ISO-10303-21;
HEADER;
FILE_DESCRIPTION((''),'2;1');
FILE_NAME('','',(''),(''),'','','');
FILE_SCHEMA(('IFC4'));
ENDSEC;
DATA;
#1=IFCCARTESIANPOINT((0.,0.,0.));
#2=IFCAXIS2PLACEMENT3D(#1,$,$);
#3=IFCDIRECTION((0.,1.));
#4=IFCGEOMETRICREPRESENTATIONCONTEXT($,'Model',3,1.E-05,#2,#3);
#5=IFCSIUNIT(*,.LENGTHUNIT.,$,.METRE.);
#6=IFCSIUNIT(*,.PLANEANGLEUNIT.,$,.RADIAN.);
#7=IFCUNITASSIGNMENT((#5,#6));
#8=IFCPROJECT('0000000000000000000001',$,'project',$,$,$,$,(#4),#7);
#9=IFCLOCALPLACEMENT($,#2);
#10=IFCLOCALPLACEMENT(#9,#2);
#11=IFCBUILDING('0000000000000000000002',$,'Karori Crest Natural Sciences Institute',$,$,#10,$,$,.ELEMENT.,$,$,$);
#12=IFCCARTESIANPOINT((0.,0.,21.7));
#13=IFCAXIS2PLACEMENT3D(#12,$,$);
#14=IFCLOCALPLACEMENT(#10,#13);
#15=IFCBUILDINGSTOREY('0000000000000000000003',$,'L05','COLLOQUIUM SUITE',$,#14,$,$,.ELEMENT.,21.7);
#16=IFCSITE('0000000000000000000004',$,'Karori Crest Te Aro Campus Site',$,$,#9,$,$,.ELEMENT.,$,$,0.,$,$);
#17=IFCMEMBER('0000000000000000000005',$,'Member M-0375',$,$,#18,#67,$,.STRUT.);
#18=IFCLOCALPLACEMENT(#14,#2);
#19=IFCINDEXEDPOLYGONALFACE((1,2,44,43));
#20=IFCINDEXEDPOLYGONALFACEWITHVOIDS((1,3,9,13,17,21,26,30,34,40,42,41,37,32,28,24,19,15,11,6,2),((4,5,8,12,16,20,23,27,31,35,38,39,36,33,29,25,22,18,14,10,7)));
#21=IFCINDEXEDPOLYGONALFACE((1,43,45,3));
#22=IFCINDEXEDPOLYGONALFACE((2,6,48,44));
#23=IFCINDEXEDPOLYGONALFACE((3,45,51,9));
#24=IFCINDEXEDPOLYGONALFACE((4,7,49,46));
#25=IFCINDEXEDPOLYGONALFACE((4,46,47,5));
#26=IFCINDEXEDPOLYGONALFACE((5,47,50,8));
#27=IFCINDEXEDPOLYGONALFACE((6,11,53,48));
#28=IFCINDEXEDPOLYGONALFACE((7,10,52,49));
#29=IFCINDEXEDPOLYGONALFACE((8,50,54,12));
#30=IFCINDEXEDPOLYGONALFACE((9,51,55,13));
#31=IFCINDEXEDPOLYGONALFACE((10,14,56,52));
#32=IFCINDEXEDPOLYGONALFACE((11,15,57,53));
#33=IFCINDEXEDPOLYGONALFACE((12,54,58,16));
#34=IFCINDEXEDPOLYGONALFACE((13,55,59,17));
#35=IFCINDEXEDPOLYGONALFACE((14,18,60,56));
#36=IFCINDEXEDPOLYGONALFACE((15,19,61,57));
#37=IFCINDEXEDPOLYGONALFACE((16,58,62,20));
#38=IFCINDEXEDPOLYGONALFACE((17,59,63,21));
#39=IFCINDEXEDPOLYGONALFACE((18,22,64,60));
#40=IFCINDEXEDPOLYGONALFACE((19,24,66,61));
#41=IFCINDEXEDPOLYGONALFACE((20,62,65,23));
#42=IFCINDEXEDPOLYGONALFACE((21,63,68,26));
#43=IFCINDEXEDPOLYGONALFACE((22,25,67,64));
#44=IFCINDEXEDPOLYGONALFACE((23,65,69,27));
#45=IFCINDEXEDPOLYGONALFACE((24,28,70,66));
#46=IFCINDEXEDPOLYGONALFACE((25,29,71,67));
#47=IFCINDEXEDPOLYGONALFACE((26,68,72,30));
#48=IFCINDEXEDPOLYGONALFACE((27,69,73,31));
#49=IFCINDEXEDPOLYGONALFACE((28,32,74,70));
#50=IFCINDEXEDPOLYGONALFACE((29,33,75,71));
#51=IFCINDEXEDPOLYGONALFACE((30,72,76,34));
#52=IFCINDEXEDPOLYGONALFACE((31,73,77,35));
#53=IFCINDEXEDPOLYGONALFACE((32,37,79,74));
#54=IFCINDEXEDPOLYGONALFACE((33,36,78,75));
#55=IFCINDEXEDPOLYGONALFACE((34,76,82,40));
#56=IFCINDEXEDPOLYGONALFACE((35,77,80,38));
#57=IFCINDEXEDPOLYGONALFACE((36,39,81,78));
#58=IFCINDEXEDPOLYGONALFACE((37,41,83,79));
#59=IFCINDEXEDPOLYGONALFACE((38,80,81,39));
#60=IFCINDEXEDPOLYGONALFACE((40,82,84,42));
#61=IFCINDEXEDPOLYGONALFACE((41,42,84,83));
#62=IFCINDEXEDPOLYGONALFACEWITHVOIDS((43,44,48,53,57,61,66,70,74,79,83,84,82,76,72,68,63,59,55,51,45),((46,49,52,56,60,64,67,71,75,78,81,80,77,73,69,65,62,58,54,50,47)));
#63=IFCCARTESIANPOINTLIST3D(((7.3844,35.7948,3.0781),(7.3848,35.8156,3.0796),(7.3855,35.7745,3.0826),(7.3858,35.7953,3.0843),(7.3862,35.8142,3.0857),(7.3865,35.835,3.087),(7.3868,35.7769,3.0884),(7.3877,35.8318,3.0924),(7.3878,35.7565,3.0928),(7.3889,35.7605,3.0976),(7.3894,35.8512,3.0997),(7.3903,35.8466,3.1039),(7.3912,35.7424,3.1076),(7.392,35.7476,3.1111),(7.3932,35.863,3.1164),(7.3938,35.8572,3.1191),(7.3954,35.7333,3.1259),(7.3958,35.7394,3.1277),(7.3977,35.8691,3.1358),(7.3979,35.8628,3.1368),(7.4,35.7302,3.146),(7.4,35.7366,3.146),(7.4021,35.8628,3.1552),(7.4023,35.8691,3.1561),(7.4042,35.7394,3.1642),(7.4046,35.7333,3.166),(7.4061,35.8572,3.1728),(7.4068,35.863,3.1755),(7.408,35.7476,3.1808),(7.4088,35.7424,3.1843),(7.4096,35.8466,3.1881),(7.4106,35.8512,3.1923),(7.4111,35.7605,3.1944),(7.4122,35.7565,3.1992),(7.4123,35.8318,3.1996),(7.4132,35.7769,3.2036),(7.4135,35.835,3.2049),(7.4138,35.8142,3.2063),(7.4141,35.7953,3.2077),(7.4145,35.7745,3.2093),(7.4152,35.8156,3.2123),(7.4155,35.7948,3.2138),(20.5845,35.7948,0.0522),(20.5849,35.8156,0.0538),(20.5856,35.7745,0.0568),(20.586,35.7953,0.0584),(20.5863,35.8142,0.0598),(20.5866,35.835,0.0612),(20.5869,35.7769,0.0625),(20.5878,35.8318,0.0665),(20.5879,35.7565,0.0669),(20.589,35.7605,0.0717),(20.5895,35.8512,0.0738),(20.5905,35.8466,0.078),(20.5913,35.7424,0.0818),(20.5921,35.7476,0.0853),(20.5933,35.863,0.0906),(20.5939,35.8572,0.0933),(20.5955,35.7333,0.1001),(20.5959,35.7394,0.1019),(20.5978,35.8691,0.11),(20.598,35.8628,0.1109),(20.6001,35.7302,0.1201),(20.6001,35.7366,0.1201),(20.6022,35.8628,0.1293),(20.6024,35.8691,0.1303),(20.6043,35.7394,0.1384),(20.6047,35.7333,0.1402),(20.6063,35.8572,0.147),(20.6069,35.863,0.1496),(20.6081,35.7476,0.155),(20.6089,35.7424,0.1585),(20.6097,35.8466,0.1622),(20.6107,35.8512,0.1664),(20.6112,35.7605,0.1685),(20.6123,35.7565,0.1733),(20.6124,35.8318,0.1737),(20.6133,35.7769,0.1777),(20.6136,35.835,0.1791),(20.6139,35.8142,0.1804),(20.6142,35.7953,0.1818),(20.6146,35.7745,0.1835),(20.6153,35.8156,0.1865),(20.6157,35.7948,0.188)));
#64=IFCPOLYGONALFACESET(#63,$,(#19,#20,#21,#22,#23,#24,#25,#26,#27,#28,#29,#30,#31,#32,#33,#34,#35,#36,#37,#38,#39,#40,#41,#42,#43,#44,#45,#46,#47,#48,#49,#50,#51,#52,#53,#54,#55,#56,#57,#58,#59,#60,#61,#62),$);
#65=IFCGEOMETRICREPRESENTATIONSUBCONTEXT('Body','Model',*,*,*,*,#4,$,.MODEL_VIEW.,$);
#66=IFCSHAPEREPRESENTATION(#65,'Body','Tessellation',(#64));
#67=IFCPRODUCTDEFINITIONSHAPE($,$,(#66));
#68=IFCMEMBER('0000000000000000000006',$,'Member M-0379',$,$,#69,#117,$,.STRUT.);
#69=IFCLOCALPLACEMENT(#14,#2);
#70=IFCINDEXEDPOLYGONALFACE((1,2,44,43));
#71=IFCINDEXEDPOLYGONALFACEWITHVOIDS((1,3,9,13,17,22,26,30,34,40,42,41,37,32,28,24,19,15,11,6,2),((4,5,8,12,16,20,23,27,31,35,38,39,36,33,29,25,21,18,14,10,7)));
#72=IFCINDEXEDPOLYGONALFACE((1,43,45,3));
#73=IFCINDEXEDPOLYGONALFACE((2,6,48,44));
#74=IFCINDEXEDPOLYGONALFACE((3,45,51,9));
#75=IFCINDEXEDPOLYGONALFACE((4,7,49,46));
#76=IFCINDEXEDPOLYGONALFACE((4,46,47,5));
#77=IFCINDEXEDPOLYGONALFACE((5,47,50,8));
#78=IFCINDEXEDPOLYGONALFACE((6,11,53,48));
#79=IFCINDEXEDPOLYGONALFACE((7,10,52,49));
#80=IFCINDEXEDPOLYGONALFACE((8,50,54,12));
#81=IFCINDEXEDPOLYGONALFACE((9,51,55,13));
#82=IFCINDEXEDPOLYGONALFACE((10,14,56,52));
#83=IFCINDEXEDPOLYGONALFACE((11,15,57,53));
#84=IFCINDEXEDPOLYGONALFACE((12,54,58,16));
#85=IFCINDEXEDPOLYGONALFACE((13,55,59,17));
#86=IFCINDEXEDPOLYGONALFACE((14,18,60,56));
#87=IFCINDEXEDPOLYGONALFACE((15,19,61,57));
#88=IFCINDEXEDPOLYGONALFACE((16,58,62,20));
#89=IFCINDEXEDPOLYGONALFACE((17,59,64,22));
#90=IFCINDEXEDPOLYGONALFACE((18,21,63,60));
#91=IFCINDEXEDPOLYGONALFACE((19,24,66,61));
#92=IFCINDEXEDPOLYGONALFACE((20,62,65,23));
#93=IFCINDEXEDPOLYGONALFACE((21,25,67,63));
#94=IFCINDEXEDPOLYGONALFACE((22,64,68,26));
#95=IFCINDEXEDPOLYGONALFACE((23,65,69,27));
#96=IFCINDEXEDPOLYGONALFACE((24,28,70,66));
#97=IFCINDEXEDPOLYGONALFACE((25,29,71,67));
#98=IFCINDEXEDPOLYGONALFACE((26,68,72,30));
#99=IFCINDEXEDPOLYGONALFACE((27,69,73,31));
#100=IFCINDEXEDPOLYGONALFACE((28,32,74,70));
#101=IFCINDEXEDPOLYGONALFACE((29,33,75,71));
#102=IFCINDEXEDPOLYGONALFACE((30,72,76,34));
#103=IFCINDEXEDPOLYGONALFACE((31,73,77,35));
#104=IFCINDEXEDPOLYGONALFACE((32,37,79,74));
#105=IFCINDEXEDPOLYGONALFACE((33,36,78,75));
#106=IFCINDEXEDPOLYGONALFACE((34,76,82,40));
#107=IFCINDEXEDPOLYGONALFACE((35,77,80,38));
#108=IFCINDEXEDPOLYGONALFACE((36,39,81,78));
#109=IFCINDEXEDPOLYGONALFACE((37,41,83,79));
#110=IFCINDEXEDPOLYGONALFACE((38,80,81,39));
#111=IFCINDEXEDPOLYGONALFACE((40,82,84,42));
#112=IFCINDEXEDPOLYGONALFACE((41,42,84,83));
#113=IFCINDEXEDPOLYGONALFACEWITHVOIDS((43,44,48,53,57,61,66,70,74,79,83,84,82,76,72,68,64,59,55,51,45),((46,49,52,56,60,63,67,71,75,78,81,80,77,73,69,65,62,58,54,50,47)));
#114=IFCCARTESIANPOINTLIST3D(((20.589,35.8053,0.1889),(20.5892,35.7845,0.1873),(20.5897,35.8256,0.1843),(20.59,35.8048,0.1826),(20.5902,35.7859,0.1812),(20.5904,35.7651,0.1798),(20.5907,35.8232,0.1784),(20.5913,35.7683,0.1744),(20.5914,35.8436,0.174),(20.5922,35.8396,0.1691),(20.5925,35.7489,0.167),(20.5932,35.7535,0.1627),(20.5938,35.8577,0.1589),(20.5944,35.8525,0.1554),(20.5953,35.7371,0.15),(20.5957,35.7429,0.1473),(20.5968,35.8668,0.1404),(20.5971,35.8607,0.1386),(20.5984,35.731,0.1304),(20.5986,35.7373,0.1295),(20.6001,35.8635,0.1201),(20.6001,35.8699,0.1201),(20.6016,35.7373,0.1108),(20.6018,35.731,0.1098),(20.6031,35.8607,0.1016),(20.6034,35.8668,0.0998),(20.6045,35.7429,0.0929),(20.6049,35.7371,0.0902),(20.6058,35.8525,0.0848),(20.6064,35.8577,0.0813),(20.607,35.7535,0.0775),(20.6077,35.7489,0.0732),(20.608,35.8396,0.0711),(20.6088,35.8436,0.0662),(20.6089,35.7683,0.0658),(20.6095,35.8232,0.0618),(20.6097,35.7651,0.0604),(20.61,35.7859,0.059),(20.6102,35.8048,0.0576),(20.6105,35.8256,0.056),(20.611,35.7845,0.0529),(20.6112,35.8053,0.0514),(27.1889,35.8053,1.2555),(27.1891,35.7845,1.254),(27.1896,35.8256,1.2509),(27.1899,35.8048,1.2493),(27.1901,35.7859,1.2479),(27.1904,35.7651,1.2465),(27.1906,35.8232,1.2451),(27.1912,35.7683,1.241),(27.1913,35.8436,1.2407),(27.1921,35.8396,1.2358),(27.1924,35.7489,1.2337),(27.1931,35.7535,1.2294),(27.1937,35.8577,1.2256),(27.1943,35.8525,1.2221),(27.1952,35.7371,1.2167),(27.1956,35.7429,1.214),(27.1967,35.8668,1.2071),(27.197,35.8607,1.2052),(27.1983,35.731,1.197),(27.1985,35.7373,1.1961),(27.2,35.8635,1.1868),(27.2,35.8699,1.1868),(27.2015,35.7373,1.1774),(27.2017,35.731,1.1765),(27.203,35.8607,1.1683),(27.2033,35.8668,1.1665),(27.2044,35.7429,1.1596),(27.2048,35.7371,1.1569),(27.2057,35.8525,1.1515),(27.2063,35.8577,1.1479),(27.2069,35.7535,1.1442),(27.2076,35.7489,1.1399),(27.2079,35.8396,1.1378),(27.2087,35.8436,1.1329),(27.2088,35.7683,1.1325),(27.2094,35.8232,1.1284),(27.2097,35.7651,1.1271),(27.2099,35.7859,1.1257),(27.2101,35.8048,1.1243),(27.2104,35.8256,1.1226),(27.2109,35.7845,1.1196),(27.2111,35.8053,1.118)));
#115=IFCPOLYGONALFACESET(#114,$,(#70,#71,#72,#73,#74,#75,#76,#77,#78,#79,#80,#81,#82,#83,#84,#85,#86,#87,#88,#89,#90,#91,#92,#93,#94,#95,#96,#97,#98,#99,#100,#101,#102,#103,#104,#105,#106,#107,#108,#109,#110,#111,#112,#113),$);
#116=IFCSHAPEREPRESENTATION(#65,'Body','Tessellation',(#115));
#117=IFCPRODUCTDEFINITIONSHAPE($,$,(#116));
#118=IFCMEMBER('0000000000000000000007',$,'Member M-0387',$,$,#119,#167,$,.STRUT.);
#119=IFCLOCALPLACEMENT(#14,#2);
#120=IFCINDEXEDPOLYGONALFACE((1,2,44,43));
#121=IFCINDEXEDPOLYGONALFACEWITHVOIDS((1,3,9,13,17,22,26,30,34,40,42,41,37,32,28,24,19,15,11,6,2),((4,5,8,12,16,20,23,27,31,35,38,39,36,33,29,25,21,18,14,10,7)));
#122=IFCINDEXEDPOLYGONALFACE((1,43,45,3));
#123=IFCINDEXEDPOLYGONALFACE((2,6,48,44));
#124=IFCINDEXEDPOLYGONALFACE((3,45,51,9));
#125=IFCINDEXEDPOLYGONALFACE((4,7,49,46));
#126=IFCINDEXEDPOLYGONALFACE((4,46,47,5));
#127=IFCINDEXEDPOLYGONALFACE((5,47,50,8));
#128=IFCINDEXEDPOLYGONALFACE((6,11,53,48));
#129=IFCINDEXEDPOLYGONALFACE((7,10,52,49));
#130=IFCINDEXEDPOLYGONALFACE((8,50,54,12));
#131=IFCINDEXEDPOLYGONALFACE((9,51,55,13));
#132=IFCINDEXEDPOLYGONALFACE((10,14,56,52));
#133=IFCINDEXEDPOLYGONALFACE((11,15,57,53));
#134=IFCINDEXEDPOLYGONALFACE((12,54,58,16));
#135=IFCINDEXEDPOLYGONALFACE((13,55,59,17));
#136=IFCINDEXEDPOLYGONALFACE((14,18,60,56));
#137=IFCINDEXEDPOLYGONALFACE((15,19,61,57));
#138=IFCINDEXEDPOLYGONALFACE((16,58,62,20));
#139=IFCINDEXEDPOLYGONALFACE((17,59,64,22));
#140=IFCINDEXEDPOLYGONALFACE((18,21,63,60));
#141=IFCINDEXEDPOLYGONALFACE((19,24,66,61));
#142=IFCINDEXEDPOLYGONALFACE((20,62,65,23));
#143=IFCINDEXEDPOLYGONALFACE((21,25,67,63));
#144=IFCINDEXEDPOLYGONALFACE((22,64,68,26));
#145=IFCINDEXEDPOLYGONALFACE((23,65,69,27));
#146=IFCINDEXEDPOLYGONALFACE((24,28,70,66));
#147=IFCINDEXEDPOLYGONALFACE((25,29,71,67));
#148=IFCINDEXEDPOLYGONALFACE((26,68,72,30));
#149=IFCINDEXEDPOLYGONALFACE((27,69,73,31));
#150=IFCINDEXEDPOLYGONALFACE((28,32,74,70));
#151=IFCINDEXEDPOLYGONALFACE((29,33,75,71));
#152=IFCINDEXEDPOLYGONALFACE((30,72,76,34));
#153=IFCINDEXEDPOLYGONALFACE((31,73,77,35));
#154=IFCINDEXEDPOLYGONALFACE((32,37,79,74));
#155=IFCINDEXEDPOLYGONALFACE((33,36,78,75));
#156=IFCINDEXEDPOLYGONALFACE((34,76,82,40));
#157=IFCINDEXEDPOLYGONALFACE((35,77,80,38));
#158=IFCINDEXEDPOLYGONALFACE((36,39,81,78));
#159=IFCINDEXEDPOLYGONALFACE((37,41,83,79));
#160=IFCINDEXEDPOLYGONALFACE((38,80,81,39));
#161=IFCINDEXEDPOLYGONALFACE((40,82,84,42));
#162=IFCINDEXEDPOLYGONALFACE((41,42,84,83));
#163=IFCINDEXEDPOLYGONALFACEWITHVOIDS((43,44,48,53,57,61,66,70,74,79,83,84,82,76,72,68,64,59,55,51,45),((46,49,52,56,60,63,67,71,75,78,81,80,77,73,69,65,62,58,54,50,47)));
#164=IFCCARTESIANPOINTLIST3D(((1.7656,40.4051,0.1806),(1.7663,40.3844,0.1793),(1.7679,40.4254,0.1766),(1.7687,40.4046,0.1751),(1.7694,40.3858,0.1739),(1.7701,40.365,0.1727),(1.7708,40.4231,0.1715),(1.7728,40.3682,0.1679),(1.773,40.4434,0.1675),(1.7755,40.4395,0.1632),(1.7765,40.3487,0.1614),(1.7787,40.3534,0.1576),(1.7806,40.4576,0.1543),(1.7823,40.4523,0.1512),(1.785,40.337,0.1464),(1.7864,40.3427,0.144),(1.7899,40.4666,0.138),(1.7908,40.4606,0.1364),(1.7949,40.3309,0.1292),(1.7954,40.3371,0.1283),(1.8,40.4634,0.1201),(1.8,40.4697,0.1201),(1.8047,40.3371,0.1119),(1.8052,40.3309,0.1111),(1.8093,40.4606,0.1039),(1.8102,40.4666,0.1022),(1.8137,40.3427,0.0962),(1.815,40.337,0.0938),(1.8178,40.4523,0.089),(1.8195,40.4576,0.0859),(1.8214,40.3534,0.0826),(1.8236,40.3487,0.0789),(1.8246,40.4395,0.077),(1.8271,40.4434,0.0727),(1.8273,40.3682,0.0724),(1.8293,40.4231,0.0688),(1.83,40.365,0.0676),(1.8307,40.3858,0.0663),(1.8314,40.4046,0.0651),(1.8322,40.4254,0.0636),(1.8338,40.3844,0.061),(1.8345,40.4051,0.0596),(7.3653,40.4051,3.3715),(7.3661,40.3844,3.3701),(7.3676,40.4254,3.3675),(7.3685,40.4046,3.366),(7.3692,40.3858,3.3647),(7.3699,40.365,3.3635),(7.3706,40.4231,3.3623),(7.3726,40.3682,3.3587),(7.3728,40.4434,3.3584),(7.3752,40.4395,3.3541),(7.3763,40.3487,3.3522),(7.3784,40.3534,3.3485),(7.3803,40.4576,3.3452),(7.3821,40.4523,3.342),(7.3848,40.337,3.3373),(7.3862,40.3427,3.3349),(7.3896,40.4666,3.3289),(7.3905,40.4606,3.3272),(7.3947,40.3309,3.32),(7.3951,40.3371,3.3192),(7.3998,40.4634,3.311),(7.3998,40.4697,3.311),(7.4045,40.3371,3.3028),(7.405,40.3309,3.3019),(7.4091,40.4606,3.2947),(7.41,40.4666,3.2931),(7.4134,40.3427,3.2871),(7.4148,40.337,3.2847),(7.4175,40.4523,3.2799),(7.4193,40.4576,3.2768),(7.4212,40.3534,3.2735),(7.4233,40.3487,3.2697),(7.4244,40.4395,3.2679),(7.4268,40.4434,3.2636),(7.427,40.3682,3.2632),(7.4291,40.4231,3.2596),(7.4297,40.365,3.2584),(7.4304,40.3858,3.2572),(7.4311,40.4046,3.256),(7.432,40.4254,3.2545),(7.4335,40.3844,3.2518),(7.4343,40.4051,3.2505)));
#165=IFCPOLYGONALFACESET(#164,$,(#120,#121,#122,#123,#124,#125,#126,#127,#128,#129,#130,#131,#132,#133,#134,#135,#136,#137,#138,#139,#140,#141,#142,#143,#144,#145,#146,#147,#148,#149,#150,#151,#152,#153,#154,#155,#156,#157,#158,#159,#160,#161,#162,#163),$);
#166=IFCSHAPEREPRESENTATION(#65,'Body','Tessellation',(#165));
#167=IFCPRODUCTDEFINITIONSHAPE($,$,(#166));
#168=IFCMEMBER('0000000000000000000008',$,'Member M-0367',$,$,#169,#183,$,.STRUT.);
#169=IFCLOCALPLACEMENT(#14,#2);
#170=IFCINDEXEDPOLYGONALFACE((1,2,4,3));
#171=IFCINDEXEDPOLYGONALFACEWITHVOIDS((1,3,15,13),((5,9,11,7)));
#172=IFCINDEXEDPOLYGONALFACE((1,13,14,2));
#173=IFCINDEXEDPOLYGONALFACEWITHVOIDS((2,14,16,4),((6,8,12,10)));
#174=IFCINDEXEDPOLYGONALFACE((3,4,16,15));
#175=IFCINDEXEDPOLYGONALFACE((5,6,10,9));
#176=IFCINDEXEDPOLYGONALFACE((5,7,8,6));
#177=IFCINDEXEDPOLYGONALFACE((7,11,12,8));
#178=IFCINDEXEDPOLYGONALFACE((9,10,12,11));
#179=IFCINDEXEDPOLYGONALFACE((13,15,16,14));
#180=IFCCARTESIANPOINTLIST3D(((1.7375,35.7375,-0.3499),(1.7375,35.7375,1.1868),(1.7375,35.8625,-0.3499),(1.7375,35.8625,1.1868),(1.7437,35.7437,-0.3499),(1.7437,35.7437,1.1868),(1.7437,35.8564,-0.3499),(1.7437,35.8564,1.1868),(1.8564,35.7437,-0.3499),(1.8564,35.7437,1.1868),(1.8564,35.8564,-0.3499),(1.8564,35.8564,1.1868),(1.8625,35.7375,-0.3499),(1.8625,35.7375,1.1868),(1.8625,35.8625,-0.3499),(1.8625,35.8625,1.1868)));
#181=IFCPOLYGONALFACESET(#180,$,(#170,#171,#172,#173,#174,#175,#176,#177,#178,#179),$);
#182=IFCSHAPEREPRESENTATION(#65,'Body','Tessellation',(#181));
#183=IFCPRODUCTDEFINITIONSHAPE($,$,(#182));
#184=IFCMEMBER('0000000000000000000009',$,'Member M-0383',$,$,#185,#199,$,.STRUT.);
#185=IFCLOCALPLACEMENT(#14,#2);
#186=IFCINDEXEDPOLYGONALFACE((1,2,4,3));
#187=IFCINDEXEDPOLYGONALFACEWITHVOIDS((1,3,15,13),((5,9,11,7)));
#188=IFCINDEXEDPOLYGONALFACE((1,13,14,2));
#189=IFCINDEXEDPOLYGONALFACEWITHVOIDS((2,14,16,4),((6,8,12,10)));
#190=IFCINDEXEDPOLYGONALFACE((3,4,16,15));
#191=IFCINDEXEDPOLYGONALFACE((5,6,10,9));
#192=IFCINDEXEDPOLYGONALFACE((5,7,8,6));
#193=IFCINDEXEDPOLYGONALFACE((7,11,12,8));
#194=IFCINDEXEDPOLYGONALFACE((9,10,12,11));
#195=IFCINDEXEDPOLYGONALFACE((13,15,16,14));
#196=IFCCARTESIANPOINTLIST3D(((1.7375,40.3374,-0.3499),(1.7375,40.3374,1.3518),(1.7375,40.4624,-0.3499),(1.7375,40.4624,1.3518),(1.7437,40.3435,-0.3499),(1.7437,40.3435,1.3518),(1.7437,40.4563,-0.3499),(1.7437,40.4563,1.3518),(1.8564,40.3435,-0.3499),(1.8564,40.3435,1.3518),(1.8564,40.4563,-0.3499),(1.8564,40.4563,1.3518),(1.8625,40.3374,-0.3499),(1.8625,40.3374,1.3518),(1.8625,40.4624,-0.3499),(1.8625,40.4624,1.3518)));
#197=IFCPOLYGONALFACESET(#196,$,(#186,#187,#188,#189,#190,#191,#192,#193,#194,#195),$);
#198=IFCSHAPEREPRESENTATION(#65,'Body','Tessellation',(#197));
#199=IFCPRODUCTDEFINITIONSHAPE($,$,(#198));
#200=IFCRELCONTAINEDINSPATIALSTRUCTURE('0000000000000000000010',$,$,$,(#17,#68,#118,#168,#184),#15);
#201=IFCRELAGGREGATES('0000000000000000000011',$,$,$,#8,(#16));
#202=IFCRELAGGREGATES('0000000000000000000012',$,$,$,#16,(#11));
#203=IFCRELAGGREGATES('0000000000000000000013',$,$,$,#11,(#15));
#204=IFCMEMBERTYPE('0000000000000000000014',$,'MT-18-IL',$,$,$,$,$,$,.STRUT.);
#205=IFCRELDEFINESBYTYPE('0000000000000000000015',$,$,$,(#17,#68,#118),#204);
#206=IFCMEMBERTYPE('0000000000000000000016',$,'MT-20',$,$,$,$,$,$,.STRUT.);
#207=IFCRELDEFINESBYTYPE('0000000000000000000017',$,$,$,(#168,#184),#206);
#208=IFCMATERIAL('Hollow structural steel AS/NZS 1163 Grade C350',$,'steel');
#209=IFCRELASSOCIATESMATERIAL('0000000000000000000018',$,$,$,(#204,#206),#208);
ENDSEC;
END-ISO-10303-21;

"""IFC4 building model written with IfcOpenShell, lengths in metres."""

from ifc_helpers import new_model, si_unit, direction, frame, origin, origin_2d, place, context, subcontext, project, spatial, hollow_rectangle, hollow_circle, extrude, material, material_profile, profile_set, type_object, element, save


model = new_model("IFC4")

# Units and contexts
model_context = context("Model", 3, precision=1e-05, world=origin(), true_north=direction((0.0, 1.0)))
body_context = subcontext(model_context, "Body", "Model", "MODEL_VIEW")
ifc_project = project(units=[si_unit("LENGTHUNIT", "METRE"), si_unit("PLANEANGLEUNIT", "RADIAN")], contexts=[model_context])

# Site, building, storey
site_placement = place(None, origin())
site = spatial("IfcSite", under=ifc_project, at=site_placement, Name="Karori Crest Te Aro Campus Site", CompositionType="ELEMENT", RefElevation=0.0)
building_placement = place(site_placement, origin())
building = spatial("IfcBuilding", under=site, at=building_placement, Name="Karori Crest Natural Sciences Institute", CompositionType="ELEMENT")
storey_placement = place(building_placement, frame((0.0, 0.0, 21.7)))
storey = spatial("IfcBuildingStorey", under=building, at=storey_placement, Name="L05", Description="COLLOQUIUM SUITE", CompositionType="ELEMENT", Elevation=21.7)

# Members
ifc_material_1 = material(Name="Hollow structural steel AS/NZS 1163 Grade C350", Category="steel")
ifc_material_profile_1 = material_profile(ifc_material_1, hollow_circle(Radius=0.0698, WallThickness=0.0063, at=origin_2d()), Name="CHS139.7x6.4")
ifc_profile_set_1 = profile_set([ifc_material_profile_1], Name="Hollow structural steel AS/NZS 1163 Grade C350")
member_type_1 = type_object("IfcMemberType", Name="MT-18-IL", PredefinedType="STRUT", material=ifc_profile_set_1)
member_1_placement = place(storey_placement, frame((20.6001, 35.8, 0.1201), z_axis=(-0.974719, 0.0, 0.223435), x_axis=(0.0, -1.0, 0.0)))
element("IfcMember", 1, at=member_1_placement, inside=storey, type_object=member_type_1, Name="Member M-0375", PredefinedType="STRUT", context=body_context, shape_type="SweptSolid", body=[
    extrude(hollow_circle(Radius=0.0698, WallThickness=0.0063, at=origin_2d()), origin(), (0.0, 0.0, 1.0), 13.5425),
])
member_2_placement = place(storey_placement, frame((20.6001, 35.8, 0.1201), z_axis=(0.98719, 0.0, 0.159547), x_axis=(0.0, 1.0, 0.0)))
element("IfcMember", 2, at=member_2_placement, inside=storey, type_object=member_type_1, Name="Member M-0379", PredefinedType="STRUT", context=body_context, shape_type="SweptSolid", body=[
    extrude(hollow_circle(Radius=0.0698, WallThickness=0.0063, at=origin_2d()), origin(), (0.0, 0.0, 1.0), 6.6855),
])
member_3_placement = place(storey_placement, frame((1.8, 40.3999, 0.1201), z_axis=(0.868844, 0.0, 0.495086), x_axis=(0.0, 1.0, 0.0)))
element("IfcMember", 3, at=member_3_placement, inside=storey, type_object=member_type_1, Name="Member M-0387", PredefinedType="STRUT", context=body_context, shape_type="SweptSolid", body=[
    extrude(hollow_circle(Radius=0.0698, WallThickness=0.0063, at=origin_2d()), origin(), (0.0, 0.0, 1.0), 6.4451),
])
ifc_material_profile_2 = material_profile(ifc_material_1, hollow_rectangle(XDim=0.125, YDim=0.125, WallThickness=0.0061, at=origin_2d()), Name="SHS125x125x6")
ifc_profile_set_2 = profile_set([ifc_material_profile_2], Name="Hollow structural steel AS/NZS 1163 Grade C350")
member_type_2 = type_object("IfcMemberType", Name="MT-20", PredefinedType="STRUT", material=ifc_profile_set_2)
member_4_placement = place(storey_placement, frame((1.8, 35.8, -0.3499), z_axis=(0.0, 0.0, 1.0), x_axis=(1.0, 0.0, 0.0)))
element("IfcMember", 4, at=member_4_placement, inside=storey, type_object=member_type_2, Name="Member M-0367", PredefinedType="STRUT", context=body_context, shape_type="SweptSolid", body=[
    extrude(hollow_rectangle(XDim=0.125, YDim=0.125, WallThickness=0.0061, at=origin_2d()), origin(), (0.0, 0.0, 1.0), 1.5366),
])
member_5_placement = place(storey_placement, frame((1.8, 40.3999, -0.3499), z_axis=(0.0, 0.0, 1.0), x_axis=(1.0, 0.0, 0.0)))
element("IfcMember", 5, at=member_5_placement, inside=storey, type_object=member_type_2, Name="Member M-0383", PredefinedType="STRUT", context=body_context, shape_type="SweptSolid", body=[
    extrude(hollow_rectangle(XDim=0.125, YDim=0.125, WallThickness=0.0061, at=origin_2d()), origin(), (0.0, 0.0, 1.0), 1.7017),
])

save(model, "model.ifc")
